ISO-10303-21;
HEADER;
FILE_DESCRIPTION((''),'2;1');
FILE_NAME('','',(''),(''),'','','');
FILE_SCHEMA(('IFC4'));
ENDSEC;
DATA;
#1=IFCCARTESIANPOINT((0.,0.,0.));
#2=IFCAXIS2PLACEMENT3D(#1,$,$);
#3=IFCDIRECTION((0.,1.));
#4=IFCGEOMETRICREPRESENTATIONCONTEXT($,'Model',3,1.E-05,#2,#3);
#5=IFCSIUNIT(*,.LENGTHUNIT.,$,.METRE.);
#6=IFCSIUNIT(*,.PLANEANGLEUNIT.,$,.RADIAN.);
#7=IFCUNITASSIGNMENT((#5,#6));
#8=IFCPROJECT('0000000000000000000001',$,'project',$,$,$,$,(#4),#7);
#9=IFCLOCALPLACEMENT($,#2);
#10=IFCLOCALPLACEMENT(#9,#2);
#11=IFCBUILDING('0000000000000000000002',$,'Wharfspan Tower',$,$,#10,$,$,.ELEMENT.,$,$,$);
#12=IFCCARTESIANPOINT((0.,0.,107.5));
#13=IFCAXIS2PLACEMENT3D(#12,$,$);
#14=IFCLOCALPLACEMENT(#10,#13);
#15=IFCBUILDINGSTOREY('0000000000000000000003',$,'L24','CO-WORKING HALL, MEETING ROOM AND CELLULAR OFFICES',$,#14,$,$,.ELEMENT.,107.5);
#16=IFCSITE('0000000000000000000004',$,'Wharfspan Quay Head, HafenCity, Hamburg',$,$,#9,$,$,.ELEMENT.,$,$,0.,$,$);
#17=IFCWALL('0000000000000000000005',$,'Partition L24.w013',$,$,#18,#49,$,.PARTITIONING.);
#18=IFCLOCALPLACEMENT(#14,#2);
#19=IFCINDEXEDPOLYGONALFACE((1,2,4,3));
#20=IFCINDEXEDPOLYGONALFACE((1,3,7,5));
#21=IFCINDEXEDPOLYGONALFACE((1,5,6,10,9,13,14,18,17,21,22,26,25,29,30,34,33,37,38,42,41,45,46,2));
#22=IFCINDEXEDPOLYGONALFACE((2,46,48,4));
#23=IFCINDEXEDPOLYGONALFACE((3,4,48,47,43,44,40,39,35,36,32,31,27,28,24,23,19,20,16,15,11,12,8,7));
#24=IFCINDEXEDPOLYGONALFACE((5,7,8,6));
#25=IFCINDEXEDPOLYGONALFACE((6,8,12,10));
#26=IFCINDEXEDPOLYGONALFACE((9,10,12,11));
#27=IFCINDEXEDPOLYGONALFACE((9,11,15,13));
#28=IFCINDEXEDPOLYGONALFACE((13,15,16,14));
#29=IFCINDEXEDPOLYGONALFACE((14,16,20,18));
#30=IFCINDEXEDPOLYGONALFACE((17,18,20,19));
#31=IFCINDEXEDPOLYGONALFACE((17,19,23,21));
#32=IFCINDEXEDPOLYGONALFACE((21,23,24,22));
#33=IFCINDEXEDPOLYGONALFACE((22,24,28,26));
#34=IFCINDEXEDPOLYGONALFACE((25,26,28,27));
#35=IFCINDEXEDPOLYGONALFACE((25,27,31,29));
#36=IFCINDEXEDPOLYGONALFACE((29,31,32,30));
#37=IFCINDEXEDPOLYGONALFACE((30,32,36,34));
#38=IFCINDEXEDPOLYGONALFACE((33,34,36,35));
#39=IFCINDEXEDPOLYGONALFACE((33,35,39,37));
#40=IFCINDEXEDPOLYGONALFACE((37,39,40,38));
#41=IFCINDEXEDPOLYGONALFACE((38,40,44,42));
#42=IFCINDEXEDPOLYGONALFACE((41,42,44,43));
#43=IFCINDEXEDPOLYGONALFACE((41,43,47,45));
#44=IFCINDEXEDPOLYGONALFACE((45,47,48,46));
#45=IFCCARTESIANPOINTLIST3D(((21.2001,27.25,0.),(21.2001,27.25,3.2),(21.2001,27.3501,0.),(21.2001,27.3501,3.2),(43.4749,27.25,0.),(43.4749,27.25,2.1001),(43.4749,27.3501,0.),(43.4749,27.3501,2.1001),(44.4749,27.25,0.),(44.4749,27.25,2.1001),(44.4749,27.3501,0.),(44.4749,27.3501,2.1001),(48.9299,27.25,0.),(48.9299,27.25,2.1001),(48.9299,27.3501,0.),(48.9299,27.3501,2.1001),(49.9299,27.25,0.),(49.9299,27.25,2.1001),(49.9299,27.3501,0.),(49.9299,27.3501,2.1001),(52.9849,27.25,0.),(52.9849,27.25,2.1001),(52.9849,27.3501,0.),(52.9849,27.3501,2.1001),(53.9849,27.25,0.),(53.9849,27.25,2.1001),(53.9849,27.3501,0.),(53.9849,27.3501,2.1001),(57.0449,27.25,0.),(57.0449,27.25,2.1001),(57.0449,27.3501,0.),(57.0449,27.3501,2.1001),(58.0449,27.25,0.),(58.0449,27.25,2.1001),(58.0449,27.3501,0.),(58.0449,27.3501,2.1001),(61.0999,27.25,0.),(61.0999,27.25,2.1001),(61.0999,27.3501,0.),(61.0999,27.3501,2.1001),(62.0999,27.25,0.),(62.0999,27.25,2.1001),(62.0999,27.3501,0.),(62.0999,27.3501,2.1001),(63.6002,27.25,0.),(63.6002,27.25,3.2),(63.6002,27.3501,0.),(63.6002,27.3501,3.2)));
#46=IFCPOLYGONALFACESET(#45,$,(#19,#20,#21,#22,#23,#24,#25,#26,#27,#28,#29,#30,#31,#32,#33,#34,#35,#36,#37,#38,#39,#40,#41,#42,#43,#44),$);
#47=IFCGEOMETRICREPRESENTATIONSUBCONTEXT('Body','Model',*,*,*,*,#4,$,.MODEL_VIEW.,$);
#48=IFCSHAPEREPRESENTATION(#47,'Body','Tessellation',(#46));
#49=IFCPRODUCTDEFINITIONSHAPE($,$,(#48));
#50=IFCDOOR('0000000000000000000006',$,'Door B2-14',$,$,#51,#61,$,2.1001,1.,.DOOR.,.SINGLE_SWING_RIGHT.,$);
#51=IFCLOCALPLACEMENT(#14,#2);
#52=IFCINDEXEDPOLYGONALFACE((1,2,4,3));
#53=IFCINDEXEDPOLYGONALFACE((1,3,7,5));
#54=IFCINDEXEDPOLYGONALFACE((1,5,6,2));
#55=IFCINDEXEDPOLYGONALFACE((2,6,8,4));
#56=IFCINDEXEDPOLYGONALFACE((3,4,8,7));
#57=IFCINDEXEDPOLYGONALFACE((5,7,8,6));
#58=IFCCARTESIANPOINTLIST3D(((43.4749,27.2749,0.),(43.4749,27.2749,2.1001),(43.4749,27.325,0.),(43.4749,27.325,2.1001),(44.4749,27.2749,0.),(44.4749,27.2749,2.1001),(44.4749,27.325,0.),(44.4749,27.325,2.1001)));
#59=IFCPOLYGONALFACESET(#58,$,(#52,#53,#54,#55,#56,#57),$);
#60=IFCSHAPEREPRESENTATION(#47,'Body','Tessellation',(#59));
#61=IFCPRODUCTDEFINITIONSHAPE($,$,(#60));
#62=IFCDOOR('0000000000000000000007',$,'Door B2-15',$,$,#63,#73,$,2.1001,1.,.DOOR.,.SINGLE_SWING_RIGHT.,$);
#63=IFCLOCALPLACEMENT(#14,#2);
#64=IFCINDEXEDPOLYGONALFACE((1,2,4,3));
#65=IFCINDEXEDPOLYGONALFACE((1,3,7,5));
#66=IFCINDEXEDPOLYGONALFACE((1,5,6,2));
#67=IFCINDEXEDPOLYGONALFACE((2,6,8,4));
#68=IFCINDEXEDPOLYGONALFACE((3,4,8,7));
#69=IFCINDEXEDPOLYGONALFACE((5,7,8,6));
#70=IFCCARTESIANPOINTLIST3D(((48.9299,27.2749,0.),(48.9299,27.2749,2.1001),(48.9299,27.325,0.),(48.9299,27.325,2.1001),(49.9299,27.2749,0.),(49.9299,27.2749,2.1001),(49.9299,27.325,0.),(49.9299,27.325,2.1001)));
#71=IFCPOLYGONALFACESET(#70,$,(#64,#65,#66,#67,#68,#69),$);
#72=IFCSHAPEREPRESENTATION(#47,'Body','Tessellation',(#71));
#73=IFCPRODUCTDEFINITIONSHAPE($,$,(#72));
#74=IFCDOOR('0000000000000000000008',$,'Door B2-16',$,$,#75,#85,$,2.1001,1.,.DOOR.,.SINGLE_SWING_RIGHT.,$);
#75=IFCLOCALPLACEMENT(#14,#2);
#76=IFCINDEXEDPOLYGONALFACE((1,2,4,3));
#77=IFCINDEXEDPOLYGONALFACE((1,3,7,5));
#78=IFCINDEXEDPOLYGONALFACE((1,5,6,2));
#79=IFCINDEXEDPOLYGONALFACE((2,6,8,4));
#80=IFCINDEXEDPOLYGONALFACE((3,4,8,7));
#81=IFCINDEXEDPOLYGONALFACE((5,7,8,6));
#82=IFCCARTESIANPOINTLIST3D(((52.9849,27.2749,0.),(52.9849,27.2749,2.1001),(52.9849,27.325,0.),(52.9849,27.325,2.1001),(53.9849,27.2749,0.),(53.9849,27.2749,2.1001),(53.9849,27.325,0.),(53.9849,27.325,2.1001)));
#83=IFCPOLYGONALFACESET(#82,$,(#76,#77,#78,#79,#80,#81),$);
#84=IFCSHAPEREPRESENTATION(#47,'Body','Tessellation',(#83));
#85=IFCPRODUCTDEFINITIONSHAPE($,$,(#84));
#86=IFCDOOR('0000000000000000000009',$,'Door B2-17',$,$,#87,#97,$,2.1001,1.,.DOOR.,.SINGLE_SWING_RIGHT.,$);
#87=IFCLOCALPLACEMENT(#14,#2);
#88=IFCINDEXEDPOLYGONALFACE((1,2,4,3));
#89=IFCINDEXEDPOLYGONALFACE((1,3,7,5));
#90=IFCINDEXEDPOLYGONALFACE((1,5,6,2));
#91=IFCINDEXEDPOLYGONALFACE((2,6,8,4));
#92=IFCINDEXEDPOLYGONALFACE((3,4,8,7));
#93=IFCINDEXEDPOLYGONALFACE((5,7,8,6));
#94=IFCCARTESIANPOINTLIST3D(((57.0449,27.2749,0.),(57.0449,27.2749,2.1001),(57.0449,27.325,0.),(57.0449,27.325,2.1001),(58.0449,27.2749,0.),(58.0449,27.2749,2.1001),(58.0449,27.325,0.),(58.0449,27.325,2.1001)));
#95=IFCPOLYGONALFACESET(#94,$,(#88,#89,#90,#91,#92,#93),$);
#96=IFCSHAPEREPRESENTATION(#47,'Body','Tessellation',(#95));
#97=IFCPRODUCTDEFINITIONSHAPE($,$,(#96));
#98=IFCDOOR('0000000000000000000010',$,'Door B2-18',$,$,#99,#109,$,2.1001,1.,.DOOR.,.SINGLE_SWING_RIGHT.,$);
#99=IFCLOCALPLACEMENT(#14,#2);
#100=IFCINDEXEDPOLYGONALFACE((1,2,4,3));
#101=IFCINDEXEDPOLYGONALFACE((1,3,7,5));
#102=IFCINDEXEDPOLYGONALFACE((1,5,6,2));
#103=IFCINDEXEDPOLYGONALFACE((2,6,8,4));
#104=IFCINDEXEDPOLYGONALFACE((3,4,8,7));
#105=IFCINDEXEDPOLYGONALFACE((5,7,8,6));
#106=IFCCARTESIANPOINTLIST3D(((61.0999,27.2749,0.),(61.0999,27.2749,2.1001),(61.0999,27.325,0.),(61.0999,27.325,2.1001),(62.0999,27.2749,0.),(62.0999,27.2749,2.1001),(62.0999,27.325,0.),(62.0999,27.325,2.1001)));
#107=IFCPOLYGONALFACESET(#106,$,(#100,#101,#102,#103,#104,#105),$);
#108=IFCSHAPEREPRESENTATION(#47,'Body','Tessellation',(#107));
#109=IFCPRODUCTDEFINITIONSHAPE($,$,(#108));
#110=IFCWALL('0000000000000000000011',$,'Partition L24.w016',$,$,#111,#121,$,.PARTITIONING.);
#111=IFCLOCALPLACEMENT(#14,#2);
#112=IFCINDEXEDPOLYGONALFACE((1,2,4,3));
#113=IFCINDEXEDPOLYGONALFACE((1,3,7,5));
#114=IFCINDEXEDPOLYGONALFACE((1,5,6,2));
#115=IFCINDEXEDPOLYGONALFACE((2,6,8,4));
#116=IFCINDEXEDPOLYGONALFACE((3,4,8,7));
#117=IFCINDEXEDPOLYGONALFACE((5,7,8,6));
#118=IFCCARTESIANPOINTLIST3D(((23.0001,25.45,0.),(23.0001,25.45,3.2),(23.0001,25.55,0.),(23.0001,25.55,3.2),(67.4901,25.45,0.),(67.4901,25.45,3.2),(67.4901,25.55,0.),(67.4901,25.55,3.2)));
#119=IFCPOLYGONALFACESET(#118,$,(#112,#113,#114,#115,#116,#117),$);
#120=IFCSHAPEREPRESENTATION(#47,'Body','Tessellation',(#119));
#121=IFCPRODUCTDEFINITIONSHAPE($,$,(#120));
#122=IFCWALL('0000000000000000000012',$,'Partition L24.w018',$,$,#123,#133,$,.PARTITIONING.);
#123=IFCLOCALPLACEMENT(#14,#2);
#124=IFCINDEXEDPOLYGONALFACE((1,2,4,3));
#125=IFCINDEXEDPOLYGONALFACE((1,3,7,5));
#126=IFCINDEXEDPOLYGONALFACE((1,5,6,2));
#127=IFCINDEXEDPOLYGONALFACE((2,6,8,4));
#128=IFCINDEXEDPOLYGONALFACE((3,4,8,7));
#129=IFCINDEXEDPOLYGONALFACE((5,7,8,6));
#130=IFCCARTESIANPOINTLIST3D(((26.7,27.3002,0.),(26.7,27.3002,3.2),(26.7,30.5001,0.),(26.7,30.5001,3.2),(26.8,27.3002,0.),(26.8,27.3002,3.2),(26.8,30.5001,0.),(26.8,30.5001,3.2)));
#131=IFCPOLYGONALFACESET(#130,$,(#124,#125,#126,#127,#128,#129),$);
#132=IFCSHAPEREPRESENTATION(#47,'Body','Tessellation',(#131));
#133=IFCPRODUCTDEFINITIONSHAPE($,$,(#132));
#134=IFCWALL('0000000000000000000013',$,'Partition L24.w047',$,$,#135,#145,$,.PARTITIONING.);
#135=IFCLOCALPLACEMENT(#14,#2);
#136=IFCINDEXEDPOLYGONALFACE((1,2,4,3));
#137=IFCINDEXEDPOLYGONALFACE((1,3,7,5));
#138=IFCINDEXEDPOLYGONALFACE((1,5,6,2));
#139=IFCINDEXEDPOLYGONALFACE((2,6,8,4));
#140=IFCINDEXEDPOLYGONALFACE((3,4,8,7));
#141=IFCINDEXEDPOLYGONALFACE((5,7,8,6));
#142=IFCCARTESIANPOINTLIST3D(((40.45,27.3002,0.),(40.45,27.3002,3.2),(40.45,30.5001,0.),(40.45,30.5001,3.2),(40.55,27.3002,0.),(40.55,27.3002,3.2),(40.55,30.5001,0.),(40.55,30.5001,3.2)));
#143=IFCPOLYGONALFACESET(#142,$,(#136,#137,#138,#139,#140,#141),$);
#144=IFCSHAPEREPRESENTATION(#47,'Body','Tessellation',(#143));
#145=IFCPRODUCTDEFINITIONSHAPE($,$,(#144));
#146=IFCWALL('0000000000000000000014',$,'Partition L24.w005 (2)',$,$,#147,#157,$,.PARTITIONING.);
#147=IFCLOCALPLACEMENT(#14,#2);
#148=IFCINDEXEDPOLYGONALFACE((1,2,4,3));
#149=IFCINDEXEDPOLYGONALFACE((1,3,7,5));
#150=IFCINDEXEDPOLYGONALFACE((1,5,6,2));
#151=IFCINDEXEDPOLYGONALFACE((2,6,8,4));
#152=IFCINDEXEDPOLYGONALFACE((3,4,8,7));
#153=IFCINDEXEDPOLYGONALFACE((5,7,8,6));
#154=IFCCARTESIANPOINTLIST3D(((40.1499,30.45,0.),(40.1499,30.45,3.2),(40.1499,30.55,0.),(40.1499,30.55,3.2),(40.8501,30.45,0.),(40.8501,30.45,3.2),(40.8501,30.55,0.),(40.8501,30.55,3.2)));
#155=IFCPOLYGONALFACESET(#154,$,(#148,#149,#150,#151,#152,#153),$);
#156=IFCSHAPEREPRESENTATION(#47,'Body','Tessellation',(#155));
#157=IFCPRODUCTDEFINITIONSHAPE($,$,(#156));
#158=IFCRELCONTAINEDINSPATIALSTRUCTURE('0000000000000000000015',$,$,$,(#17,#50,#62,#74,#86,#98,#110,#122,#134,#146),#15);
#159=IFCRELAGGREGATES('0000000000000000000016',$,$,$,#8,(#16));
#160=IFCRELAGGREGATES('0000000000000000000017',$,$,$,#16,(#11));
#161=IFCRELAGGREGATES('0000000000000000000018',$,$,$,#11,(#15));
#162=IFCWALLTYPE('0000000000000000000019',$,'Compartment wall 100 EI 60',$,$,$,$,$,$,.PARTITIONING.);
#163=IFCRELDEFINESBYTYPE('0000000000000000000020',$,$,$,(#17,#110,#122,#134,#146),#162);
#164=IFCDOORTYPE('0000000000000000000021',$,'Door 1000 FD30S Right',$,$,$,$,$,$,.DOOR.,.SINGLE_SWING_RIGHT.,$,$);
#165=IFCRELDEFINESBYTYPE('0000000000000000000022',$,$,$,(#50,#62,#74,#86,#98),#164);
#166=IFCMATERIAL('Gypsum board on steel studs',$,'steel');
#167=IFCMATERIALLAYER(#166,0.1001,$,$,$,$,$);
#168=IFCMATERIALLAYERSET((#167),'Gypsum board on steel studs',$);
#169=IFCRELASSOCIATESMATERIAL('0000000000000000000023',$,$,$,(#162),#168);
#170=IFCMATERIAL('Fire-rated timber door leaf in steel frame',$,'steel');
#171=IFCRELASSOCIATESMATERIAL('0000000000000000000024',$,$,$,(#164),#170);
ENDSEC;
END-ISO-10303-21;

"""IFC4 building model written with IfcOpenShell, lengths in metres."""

from ifc_helpers import new_model, si_unit, direction, frame, frame_2d, origin, place, context, subcontext, project, spatial, rectangle, extrude, material, layer, layer_set, type_object, element, fill, save


model = new_model("IFC4")

# Units and contexts
model_context = context("Model", 3, precision=1e-05, world=origin(), true_north=direction((0.0, 1.0)))
body_context = subcontext(model_context, "Body", "Model", "MODEL_VIEW")
ifc_project = project(units=[si_unit("LENGTHUNIT", "METRE"), si_unit("PLANEANGLEUNIT", "RADIAN")], contexts=[model_context])

# Site, building, storey
site_placement = place(None, origin())
site = spatial("IfcSite", under=ifc_project, at=site_placement, Name="Wharfspan Quay Head, HafenCity, Hamburg", CompositionType="ELEMENT", RefElevation=0.0)
building_placement = place(site_placement, origin())
building = spatial("IfcBuilding", under=site, at=building_placement, Name="Wharfspan Tower", CompositionType="ELEMENT")
storey_placement = place(building_placement, frame((0.0, 0.0, 107.5)))
storey = spatial("IfcBuildingStorey", under=building, at=storey_placement, Name="L24", Description="CO-WORKING HALL, MEETING ROOM AND CELLULAR OFFICES", CompositionType="ELEMENT", Elevation=107.5)

# Wall, openings, doors
ifc_material_1 = material(Name="Gypsum board on steel studs", Category="steel")
ifc_layer_1 = layer(ifc_material_1, 0.1001)
ifc_layer_set_1 = layer_set([ifc_layer_1], Name="Gypsum board on steel studs")
wall_type_1 = type_object("IfcWallType", Name="Compartment wall 100 EI 60", PredefinedType="PARTITIONING", material=ifc_layer_set_1)
wall_1_placement = place(storey_placement, frame((21.2, 27.3, 0.0), z_axis=(0.0, 0.0, 1.0), x_axis=(1.0, 0.0, 0.0)))
wall_1 = element("IfcWall", 1, at=wall_1_placement, inside=storey, type_object=wall_type_1, Name="Partition L24.w013", PredefinedType="PARTITIONING", context=body_context, shape_type="SweptSolid", body=[
    extrude(rectangle(XDim=42.4001, YDim=0.1001, at=frame_2d((21.2002, 0.0))), origin(), (0.0, 0.0, 1.0), 3.2),
])
opening_1_placement = place(wall_1_placement, frame((22.2749, 0.0, 0.0)))
opening_1 = element("IfcOpeningElement", 2, at=opening_1_placement, cuts=wall_1, PredefinedType="OPENING", context=body_context, shape_type="SweptSolid", body=[
    extrude(rectangle(XDim=1.0, YDim=2.1001, at=frame_2d((0.5, 1.05))), frame((0.0, 0.0601, 0.0), z_axis=(0.0, -1.0, 0.0), x_axis=(1.0, 0.0, 0.0)), (0.0, 0.0, 1.0), 0.1201),
])
opening_2_placement = place(wall_1_placement, frame((27.73, 0.0, 0.0)))
opening_2 = element("IfcOpeningElement", 3, at=opening_2_placement, cuts=wall_1, PredefinedType="OPENING", context=body_context, shape_type="SweptSolid", body=[
    extrude(rectangle(XDim=1.0, YDim=2.1001, at=frame_2d((0.5, 1.05))), frame((0.0, 0.0601, 0.0), z_axis=(0.0, -1.0, 0.0), x_axis=(1.0, 0.0, 0.0)), (0.0, 0.0, 1.0), 0.1201),
])
opening_3_placement = place(wall_1_placement, frame((31.7849, 0.0, 0.0)))
opening_3 = element("IfcOpeningElement", 4, at=opening_3_placement, cuts=wall_1, PredefinedType="OPENING", context=body_context, shape_type="SweptSolid", body=[
    extrude(rectangle(XDim=1.0, YDim=2.1001, at=frame_2d((0.5, 1.05))), frame((0.0, 0.0601, 0.0), z_axis=(0.0, -1.0, 0.0), x_axis=(1.0, 0.0, 0.0)), (0.0, 0.0, 1.0), 0.1201),
])
opening_4_placement = place(wall_1_placement, frame((35.845, 0.0, 0.0)))
opening_4 = element("IfcOpeningElement", 5, at=opening_4_placement, cuts=wall_1, PredefinedType="OPENING", context=body_context, shape_type="SweptSolid", body=[
    extrude(rectangle(XDim=1.0, YDim=2.1001, at=frame_2d((0.5, 1.05))), frame((0.0, 0.0601, 0.0), z_axis=(0.0, -1.0, 0.0), x_axis=(1.0, 0.0, 0.0)), (0.0, 0.0, 1.0), 0.1201),
])
opening_5_placement = place(wall_1_placement, frame((39.8999, 0.0, 0.0)))
opening_5 = element("IfcOpeningElement", 6, at=opening_5_placement, cuts=wall_1, PredefinedType="OPENING", context=body_context, shape_type="SweptSolid", body=[
    extrude(rectangle(XDim=1.0, YDim=2.1001, at=frame_2d((0.5, 1.05))), frame((0.0, 0.0601, 0.0), z_axis=(0.0, -1.0, 0.0), x_axis=(1.0, 0.0, 0.0)), (0.0, 0.0, 1.0), 0.1201),
])
ifc_material_2 = material(Name="Fire-rated timber door leaf in steel frame", Category="steel")
door_type_1 = type_object("IfcDoorType", Name="Door 1000 FD30S Right", OperationType="SINGLE_SWING_RIGHT", PredefinedType="DOOR", material=ifc_material_2)
door_1_placement = place(opening_1_placement, origin())
door_1 = element("IfcDoor", 7, at=door_1_placement, inside=storey, type_object=door_type_1, Name="Door B2-14", OperationType="SINGLE_SWING_RIGHT", OverallHeight=2.1001, OverallWidth=1.0, PredefinedType="DOOR", context=body_context, shape_type="SweptSolid", body=[
    extrude(rectangle(XDim=1.0, YDim=2.1001, at=frame_2d((0.5, 1.05))), frame((0.0, 0.0249, 0.0), z_axis=(0.0, -1.0, 0.0), x_axis=(1.0, 0.0, 0.0)), (0.0, 0.0, 1.0), 0.05),
])
fill(opening_1, door_1)
door_2_placement = place(opening_2_placement, origin())
door_2 = element("IfcDoor", 8, at=door_2_placement, inside=storey, type_object=door_type_1, Name="Door B2-15", OperationType="SINGLE_SWING_RIGHT", OverallHeight=2.1001, OverallWidth=1.0, PredefinedType="DOOR", context=body_context, shape_type="SweptSolid", body=[
    extrude(rectangle(XDim=1.0, YDim=2.1001, at=frame_2d((0.5, 1.05))), frame((0.0, 0.0249, 0.0), z_axis=(0.0, -1.0, 0.0), x_axis=(1.0, 0.0, 0.0)), (0.0, 0.0, 1.0), 0.05),
])
fill(opening_2, door_2)
door_3_placement = place(opening_3_placement, origin())
door_3 = element("IfcDoor", 9, at=door_3_placement, inside=storey, type_object=door_type_1, Name="Door B2-16", OperationType="SINGLE_SWING_RIGHT", OverallHeight=2.1001, OverallWidth=1.0, PredefinedType="DOOR", context=body_context, shape_type="SweptSolid", body=[
    extrude(rectangle(XDim=1.0, YDim=2.1001, at=frame_2d((0.5, 1.05))), frame((0.0, 0.0249, 0.0), z_axis=(0.0, -1.0, 0.0), x_axis=(1.0, 0.0, 0.0)), (0.0, 0.0, 1.0), 0.05),
])
fill(opening_3, door_3)
door_4_placement = place(opening_4_placement, origin())
door_4 = element("IfcDoor", 10, at=door_4_placement, inside=storey, type_object=door_type_1, Name="Door B2-17", OperationType="SINGLE_SWING_RIGHT", OverallHeight=2.1001, OverallWidth=1.0, PredefinedType="DOOR", context=body_context, shape_type="SweptSolid", body=[
    extrude(rectangle(XDim=1.0, YDim=2.1001, at=frame_2d((0.5, 1.05))), frame((0.0, 0.0249, 0.0), z_axis=(0.0, -1.0, 0.0), x_axis=(1.0, 0.0, 0.0)), (0.0, 0.0, 1.0), 0.05),
])
fill(opening_4, door_4)
door_5_placement = place(opening_5_placement, origin())
door_5 = element("IfcDoor", 11, at=door_5_placement, inside=storey, type_object=door_type_1, Name="Door B2-18", OperationType="SINGLE_SWING_RIGHT", OverallHeight=2.1001, OverallWidth=1.0, PredefinedType="DOOR", context=body_context, shape_type="SweptSolid", body=[
    extrude(rectangle(XDim=1.0, YDim=2.1001, at=frame_2d((0.5, 1.05))), frame((0.0, 0.0249, 0.0), z_axis=(0.0, -1.0, 0.0), x_axis=(1.0, 0.0, 0.0)), (0.0, 0.0, 1.0), 0.05),
])
fill(opening_5, door_5)

# Walls
wall_2_placement = place(storey_placement, frame((23.0, 25.5, 0.0), z_axis=(0.0, 0.0, 1.0), x_axis=(1.0, 0.0, 0.0)))
element("IfcWall", 12, at=wall_2_placement, inside=storey, type_object=wall_type_1, Name="Partition L24.w016", PredefinedType="PARTITIONING", context=body_context, shape_type="SweptSolid", body=[
    extrude(rectangle(XDim=44.49, YDim=0.1001, at=frame_2d((22.2451, 0.0))), origin(), (0.0, 0.0, 1.0), 3.2),
])
for number, where, z_axis, x_axis, name in (
    (13, (26.75, 27.3, 0.0), (0.0, 0.0, 1.0), (0.0, 1.0, 0.0), "Partition L24.w018"),
    (14, (40.5, 27.3, 0.0), (0.0, 0.0, 1.0), (0.0, 1.0, 0.0), "Partition L24.w047"),
):
    element("IfcWall", number, at=place(storey_placement, frame(where, z_axis=z_axis, x_axis=x_axis)), inside=storey, type_object=wall_type_1, Name=name, PredefinedType="PARTITIONING", context=body_context, shape_type="SweptSolid", body=[
        extrude(rectangle(XDim=3.2, YDim=0.1001, at=frame_2d((1.6001, 0.0))), origin(), (0.0, 0.0, 1.0), 3.2),
    ])
wall_3_placement = place(storey_placement, frame((40.1499, 30.5, 0.0), z_axis=(0.0, 0.0, 1.0), x_axis=(1.0, 0.0, 0.0)))
element("IfcWall", 15, at=wall_3_placement, inside=storey, type_object=wall_type_1, Name="Partition L24.w005 (2)", PredefinedType="PARTITIONING", context=body_context, shape_type="SweptSolid", body=[
    extrude(rectangle(XDim=0.7002, YDim=0.1001, at=frame_2d((0.3501, 0.0))), origin(), (0.0, 0.0, 1.0), 3.2),
])

save(model, "model.ifc")
